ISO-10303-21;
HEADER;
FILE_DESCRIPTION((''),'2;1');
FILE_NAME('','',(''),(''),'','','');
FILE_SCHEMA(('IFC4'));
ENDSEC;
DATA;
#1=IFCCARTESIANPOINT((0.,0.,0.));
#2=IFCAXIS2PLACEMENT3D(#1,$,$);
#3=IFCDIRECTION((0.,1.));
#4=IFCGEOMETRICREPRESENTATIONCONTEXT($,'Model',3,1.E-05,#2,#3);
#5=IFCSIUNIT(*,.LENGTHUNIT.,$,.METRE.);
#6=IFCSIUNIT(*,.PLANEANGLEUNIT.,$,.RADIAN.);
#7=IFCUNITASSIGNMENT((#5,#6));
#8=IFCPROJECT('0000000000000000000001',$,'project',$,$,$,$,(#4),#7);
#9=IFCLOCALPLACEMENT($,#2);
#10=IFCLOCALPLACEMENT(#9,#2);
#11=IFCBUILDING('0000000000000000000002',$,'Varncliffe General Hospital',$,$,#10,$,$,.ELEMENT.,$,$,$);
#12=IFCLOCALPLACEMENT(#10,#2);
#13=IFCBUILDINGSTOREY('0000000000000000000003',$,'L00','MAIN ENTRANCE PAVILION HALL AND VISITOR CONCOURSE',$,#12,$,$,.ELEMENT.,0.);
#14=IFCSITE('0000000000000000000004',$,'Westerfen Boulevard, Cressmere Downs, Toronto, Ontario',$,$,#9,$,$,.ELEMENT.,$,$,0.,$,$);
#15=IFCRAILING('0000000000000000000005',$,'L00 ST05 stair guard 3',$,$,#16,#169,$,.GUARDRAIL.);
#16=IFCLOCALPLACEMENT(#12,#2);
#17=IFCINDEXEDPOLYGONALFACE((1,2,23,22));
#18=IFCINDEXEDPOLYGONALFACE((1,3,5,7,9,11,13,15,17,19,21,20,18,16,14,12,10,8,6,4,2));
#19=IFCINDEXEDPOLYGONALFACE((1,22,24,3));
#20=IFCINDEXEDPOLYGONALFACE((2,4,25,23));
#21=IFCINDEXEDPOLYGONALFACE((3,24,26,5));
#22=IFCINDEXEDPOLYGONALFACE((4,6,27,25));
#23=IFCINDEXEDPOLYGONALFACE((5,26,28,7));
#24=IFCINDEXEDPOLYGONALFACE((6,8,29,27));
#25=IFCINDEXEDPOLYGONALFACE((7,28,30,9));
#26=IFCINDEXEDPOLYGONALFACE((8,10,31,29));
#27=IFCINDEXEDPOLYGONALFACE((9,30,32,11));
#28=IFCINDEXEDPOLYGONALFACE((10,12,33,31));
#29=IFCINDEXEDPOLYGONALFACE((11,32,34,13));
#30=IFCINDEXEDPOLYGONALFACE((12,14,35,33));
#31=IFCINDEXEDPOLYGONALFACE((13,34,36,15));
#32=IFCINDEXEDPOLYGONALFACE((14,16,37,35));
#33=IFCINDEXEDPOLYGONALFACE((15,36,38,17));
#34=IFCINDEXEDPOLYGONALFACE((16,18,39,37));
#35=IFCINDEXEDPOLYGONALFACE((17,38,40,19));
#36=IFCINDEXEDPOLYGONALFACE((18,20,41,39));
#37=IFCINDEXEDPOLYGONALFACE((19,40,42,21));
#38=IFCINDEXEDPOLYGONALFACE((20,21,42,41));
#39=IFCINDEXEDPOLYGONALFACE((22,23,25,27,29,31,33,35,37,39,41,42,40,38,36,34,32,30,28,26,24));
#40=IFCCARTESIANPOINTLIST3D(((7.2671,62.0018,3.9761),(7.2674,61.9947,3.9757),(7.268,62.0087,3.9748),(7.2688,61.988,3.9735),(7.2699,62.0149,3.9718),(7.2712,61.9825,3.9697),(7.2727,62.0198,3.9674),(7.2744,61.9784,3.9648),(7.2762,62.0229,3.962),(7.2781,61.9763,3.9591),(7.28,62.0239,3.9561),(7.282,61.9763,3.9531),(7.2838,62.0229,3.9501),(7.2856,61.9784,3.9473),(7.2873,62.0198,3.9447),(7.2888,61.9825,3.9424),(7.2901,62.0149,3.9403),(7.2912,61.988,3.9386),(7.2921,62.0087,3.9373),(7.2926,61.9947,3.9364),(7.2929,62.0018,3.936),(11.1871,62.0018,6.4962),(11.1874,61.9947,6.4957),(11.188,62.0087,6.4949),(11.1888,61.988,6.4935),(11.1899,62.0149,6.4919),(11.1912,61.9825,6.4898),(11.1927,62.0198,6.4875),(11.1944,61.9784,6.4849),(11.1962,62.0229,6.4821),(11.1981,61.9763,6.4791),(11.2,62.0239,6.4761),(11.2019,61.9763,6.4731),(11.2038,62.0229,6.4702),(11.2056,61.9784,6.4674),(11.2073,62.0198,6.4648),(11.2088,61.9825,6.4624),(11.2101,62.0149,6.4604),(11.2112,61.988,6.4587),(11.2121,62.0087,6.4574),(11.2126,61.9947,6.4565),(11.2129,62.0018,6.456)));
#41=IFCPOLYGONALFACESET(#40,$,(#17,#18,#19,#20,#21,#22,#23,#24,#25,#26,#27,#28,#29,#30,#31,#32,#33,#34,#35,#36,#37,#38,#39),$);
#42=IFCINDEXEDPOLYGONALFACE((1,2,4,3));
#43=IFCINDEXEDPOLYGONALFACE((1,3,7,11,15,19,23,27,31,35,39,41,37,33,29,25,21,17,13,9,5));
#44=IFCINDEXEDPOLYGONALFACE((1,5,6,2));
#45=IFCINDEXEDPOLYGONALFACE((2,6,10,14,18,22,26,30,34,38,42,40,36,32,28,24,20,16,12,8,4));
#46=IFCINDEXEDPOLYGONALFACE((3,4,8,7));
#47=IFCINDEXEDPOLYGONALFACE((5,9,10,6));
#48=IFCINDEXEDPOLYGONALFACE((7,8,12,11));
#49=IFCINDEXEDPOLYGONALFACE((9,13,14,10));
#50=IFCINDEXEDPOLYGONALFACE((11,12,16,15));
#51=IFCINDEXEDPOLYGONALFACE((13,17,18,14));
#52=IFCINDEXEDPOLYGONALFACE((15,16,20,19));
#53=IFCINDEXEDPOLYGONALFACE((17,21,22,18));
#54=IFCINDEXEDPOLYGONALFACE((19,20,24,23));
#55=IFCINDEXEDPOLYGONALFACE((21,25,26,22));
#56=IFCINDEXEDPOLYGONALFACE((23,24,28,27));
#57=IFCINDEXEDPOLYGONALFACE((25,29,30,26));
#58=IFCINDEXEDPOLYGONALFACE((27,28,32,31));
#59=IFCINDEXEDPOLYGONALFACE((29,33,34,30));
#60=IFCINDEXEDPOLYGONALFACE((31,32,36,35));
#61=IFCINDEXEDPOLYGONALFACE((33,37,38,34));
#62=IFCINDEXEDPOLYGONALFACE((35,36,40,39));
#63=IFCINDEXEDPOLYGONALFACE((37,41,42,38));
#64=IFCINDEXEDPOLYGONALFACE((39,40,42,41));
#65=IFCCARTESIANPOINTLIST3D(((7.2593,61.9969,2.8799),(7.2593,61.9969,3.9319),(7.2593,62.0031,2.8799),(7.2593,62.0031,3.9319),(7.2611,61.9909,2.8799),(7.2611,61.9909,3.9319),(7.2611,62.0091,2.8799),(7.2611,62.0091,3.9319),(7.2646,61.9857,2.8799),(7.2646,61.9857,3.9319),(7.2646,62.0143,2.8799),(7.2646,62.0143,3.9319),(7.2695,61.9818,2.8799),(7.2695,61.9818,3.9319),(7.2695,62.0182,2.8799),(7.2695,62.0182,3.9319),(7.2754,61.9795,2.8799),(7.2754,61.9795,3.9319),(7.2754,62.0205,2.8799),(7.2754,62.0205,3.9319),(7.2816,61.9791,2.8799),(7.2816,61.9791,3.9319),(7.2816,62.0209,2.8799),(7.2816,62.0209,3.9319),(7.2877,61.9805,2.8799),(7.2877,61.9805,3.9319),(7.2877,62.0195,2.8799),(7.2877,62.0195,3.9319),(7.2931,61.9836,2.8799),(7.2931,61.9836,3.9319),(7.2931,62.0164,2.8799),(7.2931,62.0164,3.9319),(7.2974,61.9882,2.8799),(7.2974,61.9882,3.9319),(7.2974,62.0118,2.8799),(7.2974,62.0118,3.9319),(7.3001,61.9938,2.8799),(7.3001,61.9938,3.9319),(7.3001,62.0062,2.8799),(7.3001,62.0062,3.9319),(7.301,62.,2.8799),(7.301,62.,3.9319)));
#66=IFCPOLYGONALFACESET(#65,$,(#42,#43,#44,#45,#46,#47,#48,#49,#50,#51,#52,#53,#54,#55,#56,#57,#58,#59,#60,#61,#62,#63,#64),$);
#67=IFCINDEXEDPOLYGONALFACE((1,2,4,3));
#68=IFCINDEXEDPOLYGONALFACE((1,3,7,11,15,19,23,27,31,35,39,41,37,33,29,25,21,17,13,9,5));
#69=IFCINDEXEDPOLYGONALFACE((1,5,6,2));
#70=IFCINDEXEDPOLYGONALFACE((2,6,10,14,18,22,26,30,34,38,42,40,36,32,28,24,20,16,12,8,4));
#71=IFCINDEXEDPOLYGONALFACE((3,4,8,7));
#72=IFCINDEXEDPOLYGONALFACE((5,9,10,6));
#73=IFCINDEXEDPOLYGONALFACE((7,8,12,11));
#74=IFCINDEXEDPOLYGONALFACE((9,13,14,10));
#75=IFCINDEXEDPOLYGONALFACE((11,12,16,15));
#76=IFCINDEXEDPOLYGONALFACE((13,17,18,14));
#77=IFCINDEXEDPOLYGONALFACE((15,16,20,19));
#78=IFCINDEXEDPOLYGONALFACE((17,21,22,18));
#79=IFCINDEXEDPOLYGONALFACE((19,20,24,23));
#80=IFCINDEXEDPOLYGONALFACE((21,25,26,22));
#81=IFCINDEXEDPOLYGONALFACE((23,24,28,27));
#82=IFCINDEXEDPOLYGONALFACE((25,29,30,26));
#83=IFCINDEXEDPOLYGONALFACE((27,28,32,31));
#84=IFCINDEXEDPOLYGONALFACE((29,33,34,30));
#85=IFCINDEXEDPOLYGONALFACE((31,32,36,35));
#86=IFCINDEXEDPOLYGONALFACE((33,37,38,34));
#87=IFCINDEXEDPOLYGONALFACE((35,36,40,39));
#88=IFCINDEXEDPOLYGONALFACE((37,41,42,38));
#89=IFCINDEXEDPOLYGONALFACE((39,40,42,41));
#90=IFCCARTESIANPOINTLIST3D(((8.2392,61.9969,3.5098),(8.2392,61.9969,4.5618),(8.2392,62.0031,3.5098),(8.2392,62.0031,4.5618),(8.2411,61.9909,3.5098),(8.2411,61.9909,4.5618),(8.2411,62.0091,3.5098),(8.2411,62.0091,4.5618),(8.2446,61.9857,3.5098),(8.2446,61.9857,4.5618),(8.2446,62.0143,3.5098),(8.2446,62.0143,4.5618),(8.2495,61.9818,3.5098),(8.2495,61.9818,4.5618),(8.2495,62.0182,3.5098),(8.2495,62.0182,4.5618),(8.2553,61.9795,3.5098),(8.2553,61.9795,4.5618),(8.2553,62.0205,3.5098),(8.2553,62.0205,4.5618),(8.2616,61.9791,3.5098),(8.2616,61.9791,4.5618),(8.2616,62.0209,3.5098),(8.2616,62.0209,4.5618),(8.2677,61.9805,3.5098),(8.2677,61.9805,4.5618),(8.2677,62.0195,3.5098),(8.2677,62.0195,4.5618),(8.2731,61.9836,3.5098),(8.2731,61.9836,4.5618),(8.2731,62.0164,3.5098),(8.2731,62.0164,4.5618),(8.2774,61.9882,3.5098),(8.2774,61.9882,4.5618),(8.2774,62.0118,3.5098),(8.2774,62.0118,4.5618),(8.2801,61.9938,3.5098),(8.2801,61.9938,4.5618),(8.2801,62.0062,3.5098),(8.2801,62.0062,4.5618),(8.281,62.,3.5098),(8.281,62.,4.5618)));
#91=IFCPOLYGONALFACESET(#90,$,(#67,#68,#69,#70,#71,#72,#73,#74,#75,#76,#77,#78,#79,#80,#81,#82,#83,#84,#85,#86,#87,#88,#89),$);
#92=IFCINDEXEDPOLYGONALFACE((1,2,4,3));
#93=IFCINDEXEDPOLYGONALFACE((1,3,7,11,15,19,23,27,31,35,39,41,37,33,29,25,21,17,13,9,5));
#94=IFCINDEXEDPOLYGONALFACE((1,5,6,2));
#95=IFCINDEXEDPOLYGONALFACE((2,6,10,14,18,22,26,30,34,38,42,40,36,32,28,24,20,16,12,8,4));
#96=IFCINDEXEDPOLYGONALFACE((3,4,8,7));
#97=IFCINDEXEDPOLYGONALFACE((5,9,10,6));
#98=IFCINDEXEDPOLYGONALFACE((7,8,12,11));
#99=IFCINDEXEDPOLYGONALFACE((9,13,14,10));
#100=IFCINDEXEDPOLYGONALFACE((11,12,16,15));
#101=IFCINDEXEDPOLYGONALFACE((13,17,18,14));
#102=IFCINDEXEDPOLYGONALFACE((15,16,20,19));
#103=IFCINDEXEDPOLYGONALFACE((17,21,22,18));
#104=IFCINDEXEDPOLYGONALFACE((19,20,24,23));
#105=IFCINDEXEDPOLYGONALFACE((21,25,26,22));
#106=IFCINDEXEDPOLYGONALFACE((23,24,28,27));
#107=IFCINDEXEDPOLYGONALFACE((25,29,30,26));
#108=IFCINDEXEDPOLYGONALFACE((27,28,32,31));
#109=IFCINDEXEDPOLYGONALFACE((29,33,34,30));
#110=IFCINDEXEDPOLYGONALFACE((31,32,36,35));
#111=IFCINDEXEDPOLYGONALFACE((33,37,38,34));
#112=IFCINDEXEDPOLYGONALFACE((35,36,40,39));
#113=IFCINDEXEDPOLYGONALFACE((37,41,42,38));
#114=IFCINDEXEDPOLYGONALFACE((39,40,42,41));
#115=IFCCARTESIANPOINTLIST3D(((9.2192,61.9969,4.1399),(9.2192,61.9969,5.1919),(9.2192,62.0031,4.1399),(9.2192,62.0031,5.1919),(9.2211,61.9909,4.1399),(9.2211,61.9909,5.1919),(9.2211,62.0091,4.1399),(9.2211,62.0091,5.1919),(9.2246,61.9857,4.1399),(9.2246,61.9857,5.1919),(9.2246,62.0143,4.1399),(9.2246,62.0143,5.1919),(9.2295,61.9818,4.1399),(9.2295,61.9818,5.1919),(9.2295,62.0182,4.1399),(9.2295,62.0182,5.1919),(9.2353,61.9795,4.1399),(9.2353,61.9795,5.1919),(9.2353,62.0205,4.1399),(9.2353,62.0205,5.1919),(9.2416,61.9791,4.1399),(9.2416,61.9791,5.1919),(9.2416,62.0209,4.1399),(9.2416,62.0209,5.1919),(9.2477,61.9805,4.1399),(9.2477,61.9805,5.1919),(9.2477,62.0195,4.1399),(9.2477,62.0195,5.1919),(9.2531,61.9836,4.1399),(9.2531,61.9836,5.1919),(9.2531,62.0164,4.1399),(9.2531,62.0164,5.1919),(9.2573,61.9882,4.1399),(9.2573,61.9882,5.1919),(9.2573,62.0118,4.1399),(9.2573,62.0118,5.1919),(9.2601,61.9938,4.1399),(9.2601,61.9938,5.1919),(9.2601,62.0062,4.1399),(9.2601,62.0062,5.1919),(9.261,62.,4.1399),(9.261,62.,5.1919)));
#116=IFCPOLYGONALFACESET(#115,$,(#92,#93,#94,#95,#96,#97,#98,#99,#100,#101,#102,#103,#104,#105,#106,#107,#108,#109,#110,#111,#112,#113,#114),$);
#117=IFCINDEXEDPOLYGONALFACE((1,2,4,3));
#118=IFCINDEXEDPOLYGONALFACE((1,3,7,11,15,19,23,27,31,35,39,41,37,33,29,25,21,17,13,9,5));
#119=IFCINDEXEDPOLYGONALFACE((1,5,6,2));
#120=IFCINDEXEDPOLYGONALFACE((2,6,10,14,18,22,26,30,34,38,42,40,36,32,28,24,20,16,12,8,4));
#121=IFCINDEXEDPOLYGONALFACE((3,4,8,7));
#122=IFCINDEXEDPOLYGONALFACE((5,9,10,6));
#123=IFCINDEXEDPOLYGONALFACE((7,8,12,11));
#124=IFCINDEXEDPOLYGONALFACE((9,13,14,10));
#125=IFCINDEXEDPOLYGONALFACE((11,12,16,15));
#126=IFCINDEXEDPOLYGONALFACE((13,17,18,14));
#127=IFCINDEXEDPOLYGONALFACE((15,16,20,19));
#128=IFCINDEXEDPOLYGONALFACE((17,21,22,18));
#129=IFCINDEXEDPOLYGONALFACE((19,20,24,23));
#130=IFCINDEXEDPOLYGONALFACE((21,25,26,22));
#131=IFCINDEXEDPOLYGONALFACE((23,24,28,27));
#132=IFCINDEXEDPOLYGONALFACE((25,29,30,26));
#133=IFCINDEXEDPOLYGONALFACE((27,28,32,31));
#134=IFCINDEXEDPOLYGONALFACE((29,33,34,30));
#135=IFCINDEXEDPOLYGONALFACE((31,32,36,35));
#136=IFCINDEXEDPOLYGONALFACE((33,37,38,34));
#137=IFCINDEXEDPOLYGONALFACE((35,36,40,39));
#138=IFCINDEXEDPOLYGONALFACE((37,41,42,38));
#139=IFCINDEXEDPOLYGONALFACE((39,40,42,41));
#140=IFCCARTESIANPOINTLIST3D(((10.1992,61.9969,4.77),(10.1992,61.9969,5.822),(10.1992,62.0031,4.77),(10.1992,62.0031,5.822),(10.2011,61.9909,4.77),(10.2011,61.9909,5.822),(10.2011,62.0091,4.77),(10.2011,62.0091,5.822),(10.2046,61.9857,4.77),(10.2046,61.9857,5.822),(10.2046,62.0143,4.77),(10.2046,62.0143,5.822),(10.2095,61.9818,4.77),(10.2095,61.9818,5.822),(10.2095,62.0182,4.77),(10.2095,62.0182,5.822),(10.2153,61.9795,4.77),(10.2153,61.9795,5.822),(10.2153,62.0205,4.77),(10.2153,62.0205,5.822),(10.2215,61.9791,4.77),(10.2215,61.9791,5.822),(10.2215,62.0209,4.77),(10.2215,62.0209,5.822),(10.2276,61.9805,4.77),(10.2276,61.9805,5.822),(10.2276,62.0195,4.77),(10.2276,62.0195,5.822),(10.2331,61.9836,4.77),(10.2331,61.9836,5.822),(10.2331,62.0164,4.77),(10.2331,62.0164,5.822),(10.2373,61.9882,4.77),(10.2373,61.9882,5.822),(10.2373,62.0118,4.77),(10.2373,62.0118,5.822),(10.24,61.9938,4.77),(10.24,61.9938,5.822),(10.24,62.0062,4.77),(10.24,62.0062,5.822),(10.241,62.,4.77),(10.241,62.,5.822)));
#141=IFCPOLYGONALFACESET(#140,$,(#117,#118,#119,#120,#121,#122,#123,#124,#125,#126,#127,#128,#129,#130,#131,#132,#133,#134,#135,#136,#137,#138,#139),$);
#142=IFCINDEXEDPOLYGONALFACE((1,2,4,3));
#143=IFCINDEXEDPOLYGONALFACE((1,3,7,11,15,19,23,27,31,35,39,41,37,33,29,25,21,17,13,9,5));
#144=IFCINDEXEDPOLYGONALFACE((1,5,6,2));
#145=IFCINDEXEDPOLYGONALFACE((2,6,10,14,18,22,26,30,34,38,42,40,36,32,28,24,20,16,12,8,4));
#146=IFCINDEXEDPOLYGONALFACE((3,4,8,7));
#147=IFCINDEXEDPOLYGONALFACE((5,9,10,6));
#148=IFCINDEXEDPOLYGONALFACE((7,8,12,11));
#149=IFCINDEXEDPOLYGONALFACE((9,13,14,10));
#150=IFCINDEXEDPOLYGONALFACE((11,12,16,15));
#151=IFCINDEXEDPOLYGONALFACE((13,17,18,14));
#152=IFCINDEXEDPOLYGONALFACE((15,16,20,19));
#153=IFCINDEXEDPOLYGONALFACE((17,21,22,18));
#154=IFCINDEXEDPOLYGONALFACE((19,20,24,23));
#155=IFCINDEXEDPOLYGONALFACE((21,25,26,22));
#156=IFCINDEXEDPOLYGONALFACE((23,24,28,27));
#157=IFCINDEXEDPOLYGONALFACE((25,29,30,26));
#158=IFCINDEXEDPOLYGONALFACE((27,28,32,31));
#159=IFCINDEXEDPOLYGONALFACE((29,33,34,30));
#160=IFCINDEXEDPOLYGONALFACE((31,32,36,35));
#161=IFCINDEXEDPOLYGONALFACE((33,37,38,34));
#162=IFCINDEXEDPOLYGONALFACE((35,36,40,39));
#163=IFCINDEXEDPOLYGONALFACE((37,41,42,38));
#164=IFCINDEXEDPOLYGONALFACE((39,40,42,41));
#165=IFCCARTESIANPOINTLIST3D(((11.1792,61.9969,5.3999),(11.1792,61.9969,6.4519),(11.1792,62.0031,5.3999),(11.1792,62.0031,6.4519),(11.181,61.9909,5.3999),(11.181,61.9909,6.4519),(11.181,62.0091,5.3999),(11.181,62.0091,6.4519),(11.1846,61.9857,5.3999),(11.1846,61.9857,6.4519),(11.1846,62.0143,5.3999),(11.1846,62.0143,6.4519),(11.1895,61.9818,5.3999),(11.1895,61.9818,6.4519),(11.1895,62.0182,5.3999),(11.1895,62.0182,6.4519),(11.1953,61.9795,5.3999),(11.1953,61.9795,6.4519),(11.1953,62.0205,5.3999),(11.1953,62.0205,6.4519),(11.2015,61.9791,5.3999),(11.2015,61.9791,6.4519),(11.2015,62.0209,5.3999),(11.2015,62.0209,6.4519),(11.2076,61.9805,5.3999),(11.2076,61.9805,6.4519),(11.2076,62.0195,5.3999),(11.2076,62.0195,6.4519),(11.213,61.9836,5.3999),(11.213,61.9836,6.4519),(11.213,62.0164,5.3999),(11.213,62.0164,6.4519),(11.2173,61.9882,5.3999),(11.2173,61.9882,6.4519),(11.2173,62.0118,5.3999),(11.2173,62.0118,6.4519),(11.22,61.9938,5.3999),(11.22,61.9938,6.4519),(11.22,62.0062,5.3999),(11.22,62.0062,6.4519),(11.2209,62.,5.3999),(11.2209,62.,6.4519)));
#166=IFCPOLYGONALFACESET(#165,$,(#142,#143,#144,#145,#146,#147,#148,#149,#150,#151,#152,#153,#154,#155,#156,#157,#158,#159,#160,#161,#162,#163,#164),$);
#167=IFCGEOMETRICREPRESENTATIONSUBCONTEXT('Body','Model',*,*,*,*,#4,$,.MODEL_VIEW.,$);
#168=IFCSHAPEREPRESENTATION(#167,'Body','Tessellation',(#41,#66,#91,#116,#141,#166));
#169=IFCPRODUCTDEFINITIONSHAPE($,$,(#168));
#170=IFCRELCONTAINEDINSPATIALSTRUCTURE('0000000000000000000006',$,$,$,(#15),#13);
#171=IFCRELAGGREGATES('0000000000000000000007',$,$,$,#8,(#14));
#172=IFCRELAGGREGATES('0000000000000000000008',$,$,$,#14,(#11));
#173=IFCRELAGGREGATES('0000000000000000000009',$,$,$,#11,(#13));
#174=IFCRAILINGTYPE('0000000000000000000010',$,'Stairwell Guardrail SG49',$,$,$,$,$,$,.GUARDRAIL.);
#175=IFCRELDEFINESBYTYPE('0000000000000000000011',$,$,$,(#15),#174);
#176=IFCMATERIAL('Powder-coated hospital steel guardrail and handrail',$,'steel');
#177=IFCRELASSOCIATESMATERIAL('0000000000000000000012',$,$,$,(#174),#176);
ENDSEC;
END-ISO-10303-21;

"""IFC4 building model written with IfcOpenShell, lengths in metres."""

from ifc_helpers import new_model, si_unit, direction, frame, origin, origin_2d, place, context, subcontext, project, spatial, circle, extrude, material, type_object, element, save


model = new_model("IFC4")

# Units and contexts
model_context = context("Model", 3, precision=1e-05, world=origin(), true_north=direction((0.0, 1.0)))
body_context = subcontext(model_context, "Body", "Model", "MODEL_VIEW")
ifc_project = project(units=[si_unit("LENGTHUNIT", "METRE"), si_unit("PLANEANGLEUNIT", "RADIAN")], contexts=[model_context])

# Site, building, storey
site_placement = place(None, origin())
site = spatial("IfcSite", under=ifc_project, at=site_placement, Name="Westerfen Boulevard, Cressmere Downs, Toronto, Ontario", CompositionType="ELEMENT", RefElevation=0.0)
building_placement = place(site_placement, origin())
building = spatial("IfcBuilding", under=site, at=building_placement, Name="Varncliffe General Hospital", CompositionType="ELEMENT")
storey_placement = place(building_placement, origin())
storey = spatial("IfcBuildingStorey", under=building, at=storey_placement, Name="L00", Description="MAIN ENTRANCE PAVILION HALL AND VISITOR CONCOURSE", CompositionType="ELEMENT", Elevation=0.0)

# Railing
ifc_material_1 = material(Name="Powder-coated hospital steel guardrail and handrail", Category="steel")
railing_type_1 = type_object("IfcRailingType", Name="Stairwell Guardrail SG49", PredefinedType="GUARDRAIL", material=ifc_material_1)
railing_1_placement = place(storey_placement, frame((7.28, 62.0, 2.8799)))
element("IfcRailing", 1, at=railing_1_placement, inside=storey, type_object=railing_type_1, Name="L00 ST05 stair guard 3", PredefinedType="GUARDRAIL", context=body_context, shape_type="SweptSolid", body=[
    extrude(circle(Radius=0.0239, at=origin_2d()), frame((0.0, 0.0, 1.0762), z_axis=(0.841172, 0.0, 0.540768), x_axis=(0.0, 1.0, 0.0)), (0.0, 0.0, 1.0), 4.6602),
    extrude(circle(Radius=0.021, at=origin_2d()), origin(), (0.0, 0.0, 1.0), 1.052),
    extrude(circle(Radius=0.021, at=origin_2d()), frame((0.98, 0.0, 0.6299)), (0.0, 0.0, 1.0), 1.052),
    extrude(circle(Radius=0.021, at=origin_2d()), frame((1.96, 0.0, 1.26)), (0.0, 0.0, 1.0), 1.052),
    extrude(circle(Radius=0.021, at=origin_2d()), frame((2.9399, 0.0, 1.8901)), (0.0, 0.0, 1.0), 1.052),
    extrude(circle(Radius=0.021, at=origin_2d()), frame((3.9199, 0.0, 2.52)), (0.0, 0.0, 1.0), 1.052),
])

save(model, "model.ifc")
